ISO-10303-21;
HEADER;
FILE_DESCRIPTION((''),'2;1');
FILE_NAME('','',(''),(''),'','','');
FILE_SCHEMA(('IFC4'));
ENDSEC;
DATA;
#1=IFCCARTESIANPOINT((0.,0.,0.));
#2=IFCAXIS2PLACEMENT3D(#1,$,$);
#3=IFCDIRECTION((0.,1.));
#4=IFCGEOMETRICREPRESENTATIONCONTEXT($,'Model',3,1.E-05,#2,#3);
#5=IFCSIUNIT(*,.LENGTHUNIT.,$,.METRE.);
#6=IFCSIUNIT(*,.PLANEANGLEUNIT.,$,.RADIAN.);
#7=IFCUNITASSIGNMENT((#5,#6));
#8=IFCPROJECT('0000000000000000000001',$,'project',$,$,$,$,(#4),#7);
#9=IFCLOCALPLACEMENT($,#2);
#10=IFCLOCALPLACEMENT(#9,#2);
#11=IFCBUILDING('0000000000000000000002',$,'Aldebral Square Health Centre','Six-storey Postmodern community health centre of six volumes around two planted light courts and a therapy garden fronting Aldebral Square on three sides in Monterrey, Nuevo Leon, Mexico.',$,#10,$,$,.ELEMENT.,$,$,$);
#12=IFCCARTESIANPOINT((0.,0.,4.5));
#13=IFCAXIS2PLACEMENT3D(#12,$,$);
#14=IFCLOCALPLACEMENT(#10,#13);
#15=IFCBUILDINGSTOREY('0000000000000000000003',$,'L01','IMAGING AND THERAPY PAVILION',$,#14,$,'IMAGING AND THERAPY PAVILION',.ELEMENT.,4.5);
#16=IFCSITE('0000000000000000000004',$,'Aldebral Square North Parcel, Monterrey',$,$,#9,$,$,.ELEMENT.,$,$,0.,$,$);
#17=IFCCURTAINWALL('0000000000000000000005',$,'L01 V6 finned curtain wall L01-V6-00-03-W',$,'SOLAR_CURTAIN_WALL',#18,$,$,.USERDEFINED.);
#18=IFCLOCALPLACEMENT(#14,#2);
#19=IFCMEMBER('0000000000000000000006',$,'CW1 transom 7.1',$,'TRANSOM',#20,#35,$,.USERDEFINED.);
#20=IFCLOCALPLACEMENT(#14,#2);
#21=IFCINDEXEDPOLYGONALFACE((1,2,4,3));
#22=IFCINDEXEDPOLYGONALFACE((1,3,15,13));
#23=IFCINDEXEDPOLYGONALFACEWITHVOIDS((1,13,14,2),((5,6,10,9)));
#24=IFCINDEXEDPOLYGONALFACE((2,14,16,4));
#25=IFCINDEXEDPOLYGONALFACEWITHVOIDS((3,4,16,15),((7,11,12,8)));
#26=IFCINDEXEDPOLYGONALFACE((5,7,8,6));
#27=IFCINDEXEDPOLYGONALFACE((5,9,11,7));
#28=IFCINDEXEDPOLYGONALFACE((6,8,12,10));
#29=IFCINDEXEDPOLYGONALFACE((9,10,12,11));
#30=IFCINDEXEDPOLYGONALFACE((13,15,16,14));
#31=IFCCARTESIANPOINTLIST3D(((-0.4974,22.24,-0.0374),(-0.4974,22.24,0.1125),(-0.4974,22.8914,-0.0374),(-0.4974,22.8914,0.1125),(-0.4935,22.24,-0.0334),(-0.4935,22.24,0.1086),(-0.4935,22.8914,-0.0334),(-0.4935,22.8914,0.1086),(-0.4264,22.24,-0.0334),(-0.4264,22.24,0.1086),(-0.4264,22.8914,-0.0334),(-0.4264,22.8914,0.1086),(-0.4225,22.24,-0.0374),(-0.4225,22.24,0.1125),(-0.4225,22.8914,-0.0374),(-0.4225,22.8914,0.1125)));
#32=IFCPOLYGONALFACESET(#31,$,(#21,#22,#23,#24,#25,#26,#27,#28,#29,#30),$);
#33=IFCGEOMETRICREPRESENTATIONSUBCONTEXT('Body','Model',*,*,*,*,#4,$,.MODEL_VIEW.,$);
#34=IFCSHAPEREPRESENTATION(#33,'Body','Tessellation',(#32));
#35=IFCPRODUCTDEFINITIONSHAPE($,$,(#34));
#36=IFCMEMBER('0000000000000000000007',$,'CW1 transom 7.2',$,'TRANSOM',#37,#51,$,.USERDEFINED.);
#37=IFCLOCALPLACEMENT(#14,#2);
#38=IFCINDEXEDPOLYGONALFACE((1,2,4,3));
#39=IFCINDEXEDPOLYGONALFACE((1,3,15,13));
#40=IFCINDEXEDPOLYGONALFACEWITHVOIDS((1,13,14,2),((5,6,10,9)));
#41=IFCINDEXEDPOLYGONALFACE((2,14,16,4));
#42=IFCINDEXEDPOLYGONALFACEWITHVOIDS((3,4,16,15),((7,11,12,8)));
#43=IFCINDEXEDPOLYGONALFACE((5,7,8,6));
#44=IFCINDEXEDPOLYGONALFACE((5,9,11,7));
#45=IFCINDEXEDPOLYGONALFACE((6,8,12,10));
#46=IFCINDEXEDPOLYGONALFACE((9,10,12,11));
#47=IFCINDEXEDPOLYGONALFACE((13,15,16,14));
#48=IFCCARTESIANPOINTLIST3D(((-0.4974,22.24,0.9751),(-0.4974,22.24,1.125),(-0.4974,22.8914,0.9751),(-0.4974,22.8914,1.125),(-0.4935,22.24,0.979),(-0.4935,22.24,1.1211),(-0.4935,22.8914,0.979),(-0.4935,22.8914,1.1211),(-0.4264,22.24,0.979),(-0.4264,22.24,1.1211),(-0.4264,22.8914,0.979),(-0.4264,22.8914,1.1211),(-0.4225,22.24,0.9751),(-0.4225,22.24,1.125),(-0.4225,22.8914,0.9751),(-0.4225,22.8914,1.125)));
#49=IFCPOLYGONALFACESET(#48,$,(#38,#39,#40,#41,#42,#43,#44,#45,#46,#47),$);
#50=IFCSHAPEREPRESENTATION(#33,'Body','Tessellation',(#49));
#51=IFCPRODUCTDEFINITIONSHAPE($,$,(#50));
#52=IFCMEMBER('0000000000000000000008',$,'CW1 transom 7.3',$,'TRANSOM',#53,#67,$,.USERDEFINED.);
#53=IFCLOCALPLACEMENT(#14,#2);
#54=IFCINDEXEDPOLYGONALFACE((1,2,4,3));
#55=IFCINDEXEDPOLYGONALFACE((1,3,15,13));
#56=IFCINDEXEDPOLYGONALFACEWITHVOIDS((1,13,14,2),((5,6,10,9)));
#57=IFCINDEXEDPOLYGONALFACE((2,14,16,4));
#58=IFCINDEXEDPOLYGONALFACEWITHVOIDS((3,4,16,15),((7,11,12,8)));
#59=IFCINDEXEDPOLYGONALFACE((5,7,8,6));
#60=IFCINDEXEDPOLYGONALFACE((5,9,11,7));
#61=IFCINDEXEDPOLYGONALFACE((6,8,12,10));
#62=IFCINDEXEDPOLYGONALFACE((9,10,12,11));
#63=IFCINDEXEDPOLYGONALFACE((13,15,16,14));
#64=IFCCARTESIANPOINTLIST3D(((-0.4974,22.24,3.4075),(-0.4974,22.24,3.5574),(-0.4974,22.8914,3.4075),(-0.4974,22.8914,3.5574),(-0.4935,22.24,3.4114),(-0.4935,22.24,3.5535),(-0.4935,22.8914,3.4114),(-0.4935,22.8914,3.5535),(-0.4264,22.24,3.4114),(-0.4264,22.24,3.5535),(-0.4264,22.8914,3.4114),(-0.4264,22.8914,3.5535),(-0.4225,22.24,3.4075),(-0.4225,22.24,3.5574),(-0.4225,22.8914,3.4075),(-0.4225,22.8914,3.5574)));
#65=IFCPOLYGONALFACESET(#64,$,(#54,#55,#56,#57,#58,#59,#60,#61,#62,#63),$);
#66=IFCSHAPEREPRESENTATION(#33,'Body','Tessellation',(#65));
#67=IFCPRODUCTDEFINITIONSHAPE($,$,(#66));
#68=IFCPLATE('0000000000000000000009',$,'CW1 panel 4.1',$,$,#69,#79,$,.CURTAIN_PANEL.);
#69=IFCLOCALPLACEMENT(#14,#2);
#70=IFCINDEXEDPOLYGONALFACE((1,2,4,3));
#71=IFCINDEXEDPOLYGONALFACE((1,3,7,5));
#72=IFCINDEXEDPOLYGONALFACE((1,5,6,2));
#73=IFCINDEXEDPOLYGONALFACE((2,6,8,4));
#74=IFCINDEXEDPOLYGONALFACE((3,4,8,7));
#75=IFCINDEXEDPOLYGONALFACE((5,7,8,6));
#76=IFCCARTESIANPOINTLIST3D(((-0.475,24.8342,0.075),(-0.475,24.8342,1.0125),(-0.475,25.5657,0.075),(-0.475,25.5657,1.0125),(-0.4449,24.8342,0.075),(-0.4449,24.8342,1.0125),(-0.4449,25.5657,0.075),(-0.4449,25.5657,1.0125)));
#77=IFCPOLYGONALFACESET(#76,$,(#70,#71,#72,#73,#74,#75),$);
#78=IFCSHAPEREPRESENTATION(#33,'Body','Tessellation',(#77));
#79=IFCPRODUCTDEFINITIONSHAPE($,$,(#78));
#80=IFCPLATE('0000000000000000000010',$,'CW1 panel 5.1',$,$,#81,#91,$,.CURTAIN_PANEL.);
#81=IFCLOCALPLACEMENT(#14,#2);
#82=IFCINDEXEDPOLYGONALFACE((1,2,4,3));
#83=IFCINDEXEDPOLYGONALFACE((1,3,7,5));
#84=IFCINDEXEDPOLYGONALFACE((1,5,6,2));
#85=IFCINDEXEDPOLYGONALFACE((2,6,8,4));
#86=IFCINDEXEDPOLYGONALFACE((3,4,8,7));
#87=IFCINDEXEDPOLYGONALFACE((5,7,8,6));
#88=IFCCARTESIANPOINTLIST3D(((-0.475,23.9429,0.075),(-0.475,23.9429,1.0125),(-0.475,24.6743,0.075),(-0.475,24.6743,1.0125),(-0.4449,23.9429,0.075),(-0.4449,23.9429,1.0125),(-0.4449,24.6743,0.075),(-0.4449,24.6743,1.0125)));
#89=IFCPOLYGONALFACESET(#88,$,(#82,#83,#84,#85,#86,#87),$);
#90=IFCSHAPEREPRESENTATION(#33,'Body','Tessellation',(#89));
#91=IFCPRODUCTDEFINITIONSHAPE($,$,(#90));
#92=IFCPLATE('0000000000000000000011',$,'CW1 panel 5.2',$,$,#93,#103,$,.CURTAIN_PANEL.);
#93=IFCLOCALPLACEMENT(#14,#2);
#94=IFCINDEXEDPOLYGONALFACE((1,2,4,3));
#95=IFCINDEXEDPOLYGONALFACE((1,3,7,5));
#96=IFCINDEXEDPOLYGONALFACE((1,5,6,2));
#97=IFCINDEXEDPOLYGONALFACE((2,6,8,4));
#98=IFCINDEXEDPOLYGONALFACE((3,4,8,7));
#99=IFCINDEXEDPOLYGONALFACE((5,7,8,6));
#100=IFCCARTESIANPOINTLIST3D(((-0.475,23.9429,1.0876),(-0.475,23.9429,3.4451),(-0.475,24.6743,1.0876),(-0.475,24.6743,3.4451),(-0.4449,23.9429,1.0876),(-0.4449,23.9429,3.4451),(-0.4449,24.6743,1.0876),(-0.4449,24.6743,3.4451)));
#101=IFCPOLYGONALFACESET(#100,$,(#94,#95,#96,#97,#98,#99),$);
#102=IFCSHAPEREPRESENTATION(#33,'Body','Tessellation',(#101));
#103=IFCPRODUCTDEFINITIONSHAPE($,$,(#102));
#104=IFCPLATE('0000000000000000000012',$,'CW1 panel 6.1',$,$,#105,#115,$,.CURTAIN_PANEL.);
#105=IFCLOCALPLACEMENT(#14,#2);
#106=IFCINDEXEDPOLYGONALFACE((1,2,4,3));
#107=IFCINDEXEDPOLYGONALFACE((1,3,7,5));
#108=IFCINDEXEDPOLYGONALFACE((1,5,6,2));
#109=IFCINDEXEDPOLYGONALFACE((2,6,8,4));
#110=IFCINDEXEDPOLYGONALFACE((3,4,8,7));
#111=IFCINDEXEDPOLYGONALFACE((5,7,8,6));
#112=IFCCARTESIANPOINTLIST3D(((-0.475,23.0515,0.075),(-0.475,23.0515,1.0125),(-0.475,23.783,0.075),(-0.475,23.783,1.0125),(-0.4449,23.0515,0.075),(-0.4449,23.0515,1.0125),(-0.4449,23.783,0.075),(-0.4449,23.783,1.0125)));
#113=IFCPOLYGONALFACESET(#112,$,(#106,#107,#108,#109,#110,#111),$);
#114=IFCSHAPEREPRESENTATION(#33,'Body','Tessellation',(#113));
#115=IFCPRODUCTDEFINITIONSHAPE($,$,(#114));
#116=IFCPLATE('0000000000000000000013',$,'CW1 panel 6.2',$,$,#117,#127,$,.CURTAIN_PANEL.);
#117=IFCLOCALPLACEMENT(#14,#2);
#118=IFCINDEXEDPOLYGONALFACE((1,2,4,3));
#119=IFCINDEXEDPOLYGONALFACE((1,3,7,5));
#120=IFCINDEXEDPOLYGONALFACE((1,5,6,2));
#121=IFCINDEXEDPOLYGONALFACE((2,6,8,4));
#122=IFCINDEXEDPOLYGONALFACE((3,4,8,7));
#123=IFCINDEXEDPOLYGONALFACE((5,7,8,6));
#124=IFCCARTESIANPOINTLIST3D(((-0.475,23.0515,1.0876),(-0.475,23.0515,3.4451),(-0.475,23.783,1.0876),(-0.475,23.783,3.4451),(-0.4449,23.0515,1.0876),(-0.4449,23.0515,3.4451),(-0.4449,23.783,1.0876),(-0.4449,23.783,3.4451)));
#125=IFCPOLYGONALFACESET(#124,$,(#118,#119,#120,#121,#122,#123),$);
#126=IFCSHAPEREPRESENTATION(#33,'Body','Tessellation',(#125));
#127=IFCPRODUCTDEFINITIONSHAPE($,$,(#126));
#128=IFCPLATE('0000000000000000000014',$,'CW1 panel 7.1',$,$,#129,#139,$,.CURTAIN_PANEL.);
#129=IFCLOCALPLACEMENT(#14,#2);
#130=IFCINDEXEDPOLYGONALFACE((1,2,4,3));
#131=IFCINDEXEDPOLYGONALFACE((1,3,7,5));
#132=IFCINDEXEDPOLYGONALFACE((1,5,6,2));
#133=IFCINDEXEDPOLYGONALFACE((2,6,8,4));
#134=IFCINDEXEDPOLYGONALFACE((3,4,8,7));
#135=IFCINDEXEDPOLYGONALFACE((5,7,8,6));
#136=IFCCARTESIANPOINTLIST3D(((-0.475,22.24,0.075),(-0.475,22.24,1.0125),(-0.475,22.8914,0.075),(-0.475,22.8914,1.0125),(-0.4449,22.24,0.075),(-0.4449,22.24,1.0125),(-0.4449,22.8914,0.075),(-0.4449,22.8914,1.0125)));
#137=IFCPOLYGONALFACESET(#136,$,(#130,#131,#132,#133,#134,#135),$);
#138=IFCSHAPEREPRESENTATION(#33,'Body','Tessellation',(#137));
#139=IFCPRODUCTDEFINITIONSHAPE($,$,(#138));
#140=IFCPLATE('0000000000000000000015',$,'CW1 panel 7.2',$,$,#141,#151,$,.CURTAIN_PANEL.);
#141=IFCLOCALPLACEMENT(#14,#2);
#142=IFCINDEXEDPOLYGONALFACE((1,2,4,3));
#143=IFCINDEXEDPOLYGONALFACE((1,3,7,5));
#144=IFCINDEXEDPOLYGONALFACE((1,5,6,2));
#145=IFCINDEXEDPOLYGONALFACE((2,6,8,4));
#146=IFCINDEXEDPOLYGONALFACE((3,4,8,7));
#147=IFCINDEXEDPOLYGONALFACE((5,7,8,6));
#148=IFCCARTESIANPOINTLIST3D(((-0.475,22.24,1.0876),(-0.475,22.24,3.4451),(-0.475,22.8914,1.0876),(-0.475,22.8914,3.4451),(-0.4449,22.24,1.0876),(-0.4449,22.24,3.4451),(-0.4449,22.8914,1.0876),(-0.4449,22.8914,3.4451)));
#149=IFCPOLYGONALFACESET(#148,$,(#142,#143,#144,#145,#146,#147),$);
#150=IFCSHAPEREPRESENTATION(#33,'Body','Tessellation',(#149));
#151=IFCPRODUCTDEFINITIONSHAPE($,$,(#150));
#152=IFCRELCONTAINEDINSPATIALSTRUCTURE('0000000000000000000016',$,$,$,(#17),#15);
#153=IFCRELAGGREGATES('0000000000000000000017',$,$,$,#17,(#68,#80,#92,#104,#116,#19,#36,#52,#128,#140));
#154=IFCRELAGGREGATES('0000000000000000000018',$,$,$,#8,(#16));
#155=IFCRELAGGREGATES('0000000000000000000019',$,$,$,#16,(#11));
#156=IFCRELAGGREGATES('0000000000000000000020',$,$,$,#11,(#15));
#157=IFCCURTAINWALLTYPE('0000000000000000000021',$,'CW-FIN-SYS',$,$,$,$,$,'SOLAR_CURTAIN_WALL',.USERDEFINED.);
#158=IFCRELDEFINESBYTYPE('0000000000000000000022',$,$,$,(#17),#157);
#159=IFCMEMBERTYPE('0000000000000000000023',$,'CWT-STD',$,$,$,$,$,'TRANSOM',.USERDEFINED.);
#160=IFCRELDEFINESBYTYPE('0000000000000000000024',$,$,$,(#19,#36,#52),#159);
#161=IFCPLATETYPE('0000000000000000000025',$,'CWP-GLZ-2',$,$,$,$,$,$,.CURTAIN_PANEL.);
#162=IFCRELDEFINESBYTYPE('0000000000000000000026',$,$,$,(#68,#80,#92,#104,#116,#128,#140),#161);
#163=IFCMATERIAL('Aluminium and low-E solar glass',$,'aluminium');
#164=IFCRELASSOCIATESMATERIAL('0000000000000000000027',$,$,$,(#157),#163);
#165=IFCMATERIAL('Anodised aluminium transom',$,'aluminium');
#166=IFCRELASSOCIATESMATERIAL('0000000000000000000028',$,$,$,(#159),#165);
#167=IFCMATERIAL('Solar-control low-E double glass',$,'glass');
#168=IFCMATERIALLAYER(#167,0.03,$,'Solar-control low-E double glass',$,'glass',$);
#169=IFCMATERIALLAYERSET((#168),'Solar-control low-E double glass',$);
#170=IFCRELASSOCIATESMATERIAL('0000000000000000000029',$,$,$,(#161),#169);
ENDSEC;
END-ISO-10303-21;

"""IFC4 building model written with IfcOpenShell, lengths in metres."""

from ifc_helpers import new_model, si_unit, direction, frame, origin, origin_2d, place, context, subcontext, project, spatial, rectangle, hollow_rectangle, extrude, material, layer, layer_set, material_profile, profile_set, type_object, element, aggregate, save


model = new_model("IFC4")

# Units and contexts
model_context = context("Model", 3, precision=1e-05, world=origin(), true_north=direction((0.0, 1.0)))
body_context = subcontext(model_context, "Body", "Model", "MODEL_VIEW")
ifc_project = project(units=[si_unit("LENGTHUNIT", "METRE"), si_unit("PLANEANGLEUNIT", "RADIAN")], contexts=[model_context])

# Site, building, storey
site_placement = place(None, origin())
site = spatial("IfcSite", under=ifc_project, at=site_placement, Name="Aldebral Square North Parcel, Monterrey", CompositionType="ELEMENT", RefElevation=0.0)
building_placement = place(site_placement, origin())
building = spatial("IfcBuilding", under=site, at=building_placement, Name="Aldebral Square Health Centre", Description="Six-storey Postmodern community health centre of six volumes around two planted light courts and a therapy garden fronting Aldebral Square on three sides in Monterrey, Nuevo Leon, Mexico.", CompositionType="ELEMENT")
storey_placement = place(building_placement, frame((0.0, 0.0, 4.5)))
storey = spatial("IfcBuildingStorey", under=building, at=storey_placement, Name="L01", Description="IMAGING AND THERAPY PAVILION", LongName="IMAGING AND THERAPY PAVILION", CompositionType="ELEMENT", Elevation=4.5)

# Shared definitions
ifc_material_1 = material(Name="Aluminium and low-E solar glass", Category="aluminium")
curtain_wall_type = type_object("IfcCurtainWallType", Name="CW-FIN-SYS", ElementType="SOLAR_CURTAIN_WALL", PredefinedType="USERDEFINED", material=ifc_material_1)

# Curtain wall, members, plates
curtain_wall_1_placement = place(storey_placement, origin())
curtain_wall_1 = element("IfcCurtainWall", 1, at=curtain_wall_1_placement, inside=storey, type_object=curtain_wall_type, Name="L01 V6 finned curtain wall L01-V6-00-03-W", ObjectType="SOLAR_CURTAIN_WALL", PredefinedType="USERDEFINED")
ifc_material_2 = material(Name="Anodised aluminium transom", Category="aluminium")
ifc_material_profile_1 = material_profile(ifc_material_2, hollow_rectangle(XDim=0.075, YDim=0.1499, WallThickness=0.0039, at=origin_2d()), Name="CWT 75x150x4")
ifc_profile_set_1 = profile_set([ifc_material_profile_1], Name="Anodised aluminium transom")
member_type_1 = type_object("IfcMemberType", Name="CWT-STD", ElementType="TRANSOM", PredefinedType="USERDEFINED", material=ifc_profile_set_1)
member_1_placement = place(storey_placement, frame((-0.46, 22.8914, 0.0376), z_axis=(0.0, -1.0, 0.0), x_axis=(1.0, 0.0, 0.0)))
member_1 = element("IfcMember", 2, at=member_1_placement, type_object=member_type_1, Name="CW1 transom 7.1", ObjectType="TRANSOM", PredefinedType="USERDEFINED", context=body_context, shape_type="SweptSolid", body=[
    extrude(hollow_rectangle(XDim=0.075, YDim=0.1499, WallThickness=0.0039, at=origin_2d()), origin(), (0.0, 0.0, 1.0), 0.6514),
])
member_2_placement = place(storey_placement, frame((-0.46, 22.8914, 1.05), z_axis=(0.0, -1.0, 0.0), x_axis=(1.0, 0.0, 0.0)))
member_2 = element("IfcMember", 3, at=member_2_placement, type_object=member_type_1, Name="CW1 transom 7.2", ObjectType="TRANSOM", PredefinedType="USERDEFINED", context=body_context, shape_type="SweptSolid", body=[
    extrude(hollow_rectangle(XDim=0.075, YDim=0.1499, WallThickness=0.0039, at=origin_2d()), origin(), (0.0, 0.0, 1.0), 0.6514),
])
member_3_placement = place(storey_placement, frame((-0.46, 22.8914, 3.4824), z_axis=(0.0, -1.0, 0.0), x_axis=(1.0, 0.0, 0.0)))
member_3 = element("IfcMember", 4, at=member_3_placement, type_object=member_type_1, Name="CW1 transom 7.3", ObjectType="TRANSOM", PredefinedType="USERDEFINED", context=body_context, shape_type="SweptSolid", body=[
    extrude(hollow_rectangle(XDim=0.075, YDim=0.1499, WallThickness=0.0039, at=origin_2d()), origin(), (0.0, 0.0, 1.0), 0.6514),
])
ifc_material_3 = material(Name="Solar-control low-E double glass", Category="glass")
ifc_layer = layer(ifc_material_3, 0.03, Name="Solar-control low-E double glass", Category="glass")
ifc_layer_set = layer_set([ifc_layer], Name="Solar-control low-E double glass")
plate_type = type_object("IfcPlateType", Name="CWP-GLZ-2", PredefinedType="CURTAIN_PANEL", material=ifc_layer_set)
plate_1_placement = place(storey_placement, frame((-0.46, 25.2, 0.075), z_axis=(0.0, 0.0, 1.0), x_axis=(0.0, -1.0, 0.0)))
plate_1 = element("IfcPlate", 5, at=plate_1_placement, type_object=plate_type, Name="CW1 panel 4.1", PredefinedType="CURTAIN_PANEL", context=body_context, shape_type="SweptSolid", body=[
    extrude(rectangle(XDim=0.7314, YDim=0.03, at=origin_2d()), origin(), (0.0, 0.0, 1.0), 0.9375),
])
plate_2_placement = place(storey_placement, frame((-0.46, 24.3086, 0.075), z_axis=(0.0, 0.0, 1.0), x_axis=(0.0, -1.0, 0.0)))
plate_2 = element("IfcPlate", 6, at=plate_2_placement, type_object=plate_type, Name="CW1 panel 5.1", PredefinedType="CURTAIN_PANEL", context=body_context, shape_type="SweptSolid", body=[
    extrude(rectangle(XDim=0.7314, YDim=0.03, at=origin_2d()), origin(), (0.0, 0.0, 1.0), 0.9375),
])
plate_3_placement = place(storey_placement, frame((-0.46, 24.3086, 1.0876), z_axis=(0.0, 0.0, 1.0), x_axis=(0.0, -1.0, 0.0)))
plate_3 = element("IfcPlate", 7, at=plate_3_placement, type_object=plate_type, Name="CW1 panel 5.2", PredefinedType="CURTAIN_PANEL", context=body_context, shape_type="SweptSolid", body=[
    extrude(rectangle(XDim=0.7314, YDim=0.03, at=origin_2d()), origin(), (0.0, 0.0, 1.0), 2.3574),
])
plate_4_placement = place(storey_placement, frame((-0.46, 23.4172, 0.075), z_axis=(0.0, 0.0, 1.0), x_axis=(0.0, -1.0, 0.0)))
plate_4 = element("IfcPlate", 8, at=plate_4_placement, type_object=plate_type, Name="CW1 panel 6.1", PredefinedType="CURTAIN_PANEL", context=body_context, shape_type="SweptSolid", body=[
    extrude(rectangle(XDim=0.7314, YDim=0.03, at=origin_2d()), origin(), (0.0, 0.0, 1.0), 0.9375),
])
plate_5_placement = place(storey_placement, frame((-0.46, 23.4172, 1.0876), z_axis=(0.0, 0.0, 1.0), x_axis=(0.0, -1.0, 0.0)))
plate_5 = element("IfcPlate", 9, at=plate_5_placement, type_object=plate_type, Name="CW1 panel 6.2", PredefinedType="CURTAIN_PANEL", context=body_context, shape_type="SweptSolid", body=[
    extrude(rectangle(XDim=0.7314, YDim=0.03, at=origin_2d()), origin(), (0.0, 0.0, 1.0), 2.3574),
])
plate_6_placement = place(storey_placement, frame((-0.46, 22.5657, 0.075), z_axis=(0.0, 0.0, 1.0), x_axis=(0.0, -1.0, 0.0)))
plate_6 = element("IfcPlate", 10, at=plate_6_placement, type_object=plate_type, Name="CW1 panel 7.1", PredefinedType="CURTAIN_PANEL", context=body_context, shape_type="SweptSolid", body=[
    extrude(rectangle(XDim=0.6514, YDim=0.03, at=origin_2d()), origin(), (0.0, 0.0, 1.0), 0.9375),
])
plate_7_placement = place(storey_placement, frame((-0.46, 22.5657, 1.0876), z_axis=(0.0, 0.0, 1.0), x_axis=(0.0, -1.0, 0.0)))
plate_7 = element("IfcPlate", 11, at=plate_7_placement, type_object=plate_type, Name="CW1 panel 7.2", PredefinedType="CURTAIN_PANEL", context=body_context, shape_type="SweptSolid", body=[
    extrude(rectangle(XDim=0.6514, YDim=0.03, at=origin_2d()), origin(), (0.0, 0.0, 1.0), 2.3574),
])
aggregate(curtain_wall_1, [plate_1, plate_2, plate_3, plate_4, plate_5, member_1, member_2, member_3, plate_6, plate_7])

save(model, "model.ifc")
